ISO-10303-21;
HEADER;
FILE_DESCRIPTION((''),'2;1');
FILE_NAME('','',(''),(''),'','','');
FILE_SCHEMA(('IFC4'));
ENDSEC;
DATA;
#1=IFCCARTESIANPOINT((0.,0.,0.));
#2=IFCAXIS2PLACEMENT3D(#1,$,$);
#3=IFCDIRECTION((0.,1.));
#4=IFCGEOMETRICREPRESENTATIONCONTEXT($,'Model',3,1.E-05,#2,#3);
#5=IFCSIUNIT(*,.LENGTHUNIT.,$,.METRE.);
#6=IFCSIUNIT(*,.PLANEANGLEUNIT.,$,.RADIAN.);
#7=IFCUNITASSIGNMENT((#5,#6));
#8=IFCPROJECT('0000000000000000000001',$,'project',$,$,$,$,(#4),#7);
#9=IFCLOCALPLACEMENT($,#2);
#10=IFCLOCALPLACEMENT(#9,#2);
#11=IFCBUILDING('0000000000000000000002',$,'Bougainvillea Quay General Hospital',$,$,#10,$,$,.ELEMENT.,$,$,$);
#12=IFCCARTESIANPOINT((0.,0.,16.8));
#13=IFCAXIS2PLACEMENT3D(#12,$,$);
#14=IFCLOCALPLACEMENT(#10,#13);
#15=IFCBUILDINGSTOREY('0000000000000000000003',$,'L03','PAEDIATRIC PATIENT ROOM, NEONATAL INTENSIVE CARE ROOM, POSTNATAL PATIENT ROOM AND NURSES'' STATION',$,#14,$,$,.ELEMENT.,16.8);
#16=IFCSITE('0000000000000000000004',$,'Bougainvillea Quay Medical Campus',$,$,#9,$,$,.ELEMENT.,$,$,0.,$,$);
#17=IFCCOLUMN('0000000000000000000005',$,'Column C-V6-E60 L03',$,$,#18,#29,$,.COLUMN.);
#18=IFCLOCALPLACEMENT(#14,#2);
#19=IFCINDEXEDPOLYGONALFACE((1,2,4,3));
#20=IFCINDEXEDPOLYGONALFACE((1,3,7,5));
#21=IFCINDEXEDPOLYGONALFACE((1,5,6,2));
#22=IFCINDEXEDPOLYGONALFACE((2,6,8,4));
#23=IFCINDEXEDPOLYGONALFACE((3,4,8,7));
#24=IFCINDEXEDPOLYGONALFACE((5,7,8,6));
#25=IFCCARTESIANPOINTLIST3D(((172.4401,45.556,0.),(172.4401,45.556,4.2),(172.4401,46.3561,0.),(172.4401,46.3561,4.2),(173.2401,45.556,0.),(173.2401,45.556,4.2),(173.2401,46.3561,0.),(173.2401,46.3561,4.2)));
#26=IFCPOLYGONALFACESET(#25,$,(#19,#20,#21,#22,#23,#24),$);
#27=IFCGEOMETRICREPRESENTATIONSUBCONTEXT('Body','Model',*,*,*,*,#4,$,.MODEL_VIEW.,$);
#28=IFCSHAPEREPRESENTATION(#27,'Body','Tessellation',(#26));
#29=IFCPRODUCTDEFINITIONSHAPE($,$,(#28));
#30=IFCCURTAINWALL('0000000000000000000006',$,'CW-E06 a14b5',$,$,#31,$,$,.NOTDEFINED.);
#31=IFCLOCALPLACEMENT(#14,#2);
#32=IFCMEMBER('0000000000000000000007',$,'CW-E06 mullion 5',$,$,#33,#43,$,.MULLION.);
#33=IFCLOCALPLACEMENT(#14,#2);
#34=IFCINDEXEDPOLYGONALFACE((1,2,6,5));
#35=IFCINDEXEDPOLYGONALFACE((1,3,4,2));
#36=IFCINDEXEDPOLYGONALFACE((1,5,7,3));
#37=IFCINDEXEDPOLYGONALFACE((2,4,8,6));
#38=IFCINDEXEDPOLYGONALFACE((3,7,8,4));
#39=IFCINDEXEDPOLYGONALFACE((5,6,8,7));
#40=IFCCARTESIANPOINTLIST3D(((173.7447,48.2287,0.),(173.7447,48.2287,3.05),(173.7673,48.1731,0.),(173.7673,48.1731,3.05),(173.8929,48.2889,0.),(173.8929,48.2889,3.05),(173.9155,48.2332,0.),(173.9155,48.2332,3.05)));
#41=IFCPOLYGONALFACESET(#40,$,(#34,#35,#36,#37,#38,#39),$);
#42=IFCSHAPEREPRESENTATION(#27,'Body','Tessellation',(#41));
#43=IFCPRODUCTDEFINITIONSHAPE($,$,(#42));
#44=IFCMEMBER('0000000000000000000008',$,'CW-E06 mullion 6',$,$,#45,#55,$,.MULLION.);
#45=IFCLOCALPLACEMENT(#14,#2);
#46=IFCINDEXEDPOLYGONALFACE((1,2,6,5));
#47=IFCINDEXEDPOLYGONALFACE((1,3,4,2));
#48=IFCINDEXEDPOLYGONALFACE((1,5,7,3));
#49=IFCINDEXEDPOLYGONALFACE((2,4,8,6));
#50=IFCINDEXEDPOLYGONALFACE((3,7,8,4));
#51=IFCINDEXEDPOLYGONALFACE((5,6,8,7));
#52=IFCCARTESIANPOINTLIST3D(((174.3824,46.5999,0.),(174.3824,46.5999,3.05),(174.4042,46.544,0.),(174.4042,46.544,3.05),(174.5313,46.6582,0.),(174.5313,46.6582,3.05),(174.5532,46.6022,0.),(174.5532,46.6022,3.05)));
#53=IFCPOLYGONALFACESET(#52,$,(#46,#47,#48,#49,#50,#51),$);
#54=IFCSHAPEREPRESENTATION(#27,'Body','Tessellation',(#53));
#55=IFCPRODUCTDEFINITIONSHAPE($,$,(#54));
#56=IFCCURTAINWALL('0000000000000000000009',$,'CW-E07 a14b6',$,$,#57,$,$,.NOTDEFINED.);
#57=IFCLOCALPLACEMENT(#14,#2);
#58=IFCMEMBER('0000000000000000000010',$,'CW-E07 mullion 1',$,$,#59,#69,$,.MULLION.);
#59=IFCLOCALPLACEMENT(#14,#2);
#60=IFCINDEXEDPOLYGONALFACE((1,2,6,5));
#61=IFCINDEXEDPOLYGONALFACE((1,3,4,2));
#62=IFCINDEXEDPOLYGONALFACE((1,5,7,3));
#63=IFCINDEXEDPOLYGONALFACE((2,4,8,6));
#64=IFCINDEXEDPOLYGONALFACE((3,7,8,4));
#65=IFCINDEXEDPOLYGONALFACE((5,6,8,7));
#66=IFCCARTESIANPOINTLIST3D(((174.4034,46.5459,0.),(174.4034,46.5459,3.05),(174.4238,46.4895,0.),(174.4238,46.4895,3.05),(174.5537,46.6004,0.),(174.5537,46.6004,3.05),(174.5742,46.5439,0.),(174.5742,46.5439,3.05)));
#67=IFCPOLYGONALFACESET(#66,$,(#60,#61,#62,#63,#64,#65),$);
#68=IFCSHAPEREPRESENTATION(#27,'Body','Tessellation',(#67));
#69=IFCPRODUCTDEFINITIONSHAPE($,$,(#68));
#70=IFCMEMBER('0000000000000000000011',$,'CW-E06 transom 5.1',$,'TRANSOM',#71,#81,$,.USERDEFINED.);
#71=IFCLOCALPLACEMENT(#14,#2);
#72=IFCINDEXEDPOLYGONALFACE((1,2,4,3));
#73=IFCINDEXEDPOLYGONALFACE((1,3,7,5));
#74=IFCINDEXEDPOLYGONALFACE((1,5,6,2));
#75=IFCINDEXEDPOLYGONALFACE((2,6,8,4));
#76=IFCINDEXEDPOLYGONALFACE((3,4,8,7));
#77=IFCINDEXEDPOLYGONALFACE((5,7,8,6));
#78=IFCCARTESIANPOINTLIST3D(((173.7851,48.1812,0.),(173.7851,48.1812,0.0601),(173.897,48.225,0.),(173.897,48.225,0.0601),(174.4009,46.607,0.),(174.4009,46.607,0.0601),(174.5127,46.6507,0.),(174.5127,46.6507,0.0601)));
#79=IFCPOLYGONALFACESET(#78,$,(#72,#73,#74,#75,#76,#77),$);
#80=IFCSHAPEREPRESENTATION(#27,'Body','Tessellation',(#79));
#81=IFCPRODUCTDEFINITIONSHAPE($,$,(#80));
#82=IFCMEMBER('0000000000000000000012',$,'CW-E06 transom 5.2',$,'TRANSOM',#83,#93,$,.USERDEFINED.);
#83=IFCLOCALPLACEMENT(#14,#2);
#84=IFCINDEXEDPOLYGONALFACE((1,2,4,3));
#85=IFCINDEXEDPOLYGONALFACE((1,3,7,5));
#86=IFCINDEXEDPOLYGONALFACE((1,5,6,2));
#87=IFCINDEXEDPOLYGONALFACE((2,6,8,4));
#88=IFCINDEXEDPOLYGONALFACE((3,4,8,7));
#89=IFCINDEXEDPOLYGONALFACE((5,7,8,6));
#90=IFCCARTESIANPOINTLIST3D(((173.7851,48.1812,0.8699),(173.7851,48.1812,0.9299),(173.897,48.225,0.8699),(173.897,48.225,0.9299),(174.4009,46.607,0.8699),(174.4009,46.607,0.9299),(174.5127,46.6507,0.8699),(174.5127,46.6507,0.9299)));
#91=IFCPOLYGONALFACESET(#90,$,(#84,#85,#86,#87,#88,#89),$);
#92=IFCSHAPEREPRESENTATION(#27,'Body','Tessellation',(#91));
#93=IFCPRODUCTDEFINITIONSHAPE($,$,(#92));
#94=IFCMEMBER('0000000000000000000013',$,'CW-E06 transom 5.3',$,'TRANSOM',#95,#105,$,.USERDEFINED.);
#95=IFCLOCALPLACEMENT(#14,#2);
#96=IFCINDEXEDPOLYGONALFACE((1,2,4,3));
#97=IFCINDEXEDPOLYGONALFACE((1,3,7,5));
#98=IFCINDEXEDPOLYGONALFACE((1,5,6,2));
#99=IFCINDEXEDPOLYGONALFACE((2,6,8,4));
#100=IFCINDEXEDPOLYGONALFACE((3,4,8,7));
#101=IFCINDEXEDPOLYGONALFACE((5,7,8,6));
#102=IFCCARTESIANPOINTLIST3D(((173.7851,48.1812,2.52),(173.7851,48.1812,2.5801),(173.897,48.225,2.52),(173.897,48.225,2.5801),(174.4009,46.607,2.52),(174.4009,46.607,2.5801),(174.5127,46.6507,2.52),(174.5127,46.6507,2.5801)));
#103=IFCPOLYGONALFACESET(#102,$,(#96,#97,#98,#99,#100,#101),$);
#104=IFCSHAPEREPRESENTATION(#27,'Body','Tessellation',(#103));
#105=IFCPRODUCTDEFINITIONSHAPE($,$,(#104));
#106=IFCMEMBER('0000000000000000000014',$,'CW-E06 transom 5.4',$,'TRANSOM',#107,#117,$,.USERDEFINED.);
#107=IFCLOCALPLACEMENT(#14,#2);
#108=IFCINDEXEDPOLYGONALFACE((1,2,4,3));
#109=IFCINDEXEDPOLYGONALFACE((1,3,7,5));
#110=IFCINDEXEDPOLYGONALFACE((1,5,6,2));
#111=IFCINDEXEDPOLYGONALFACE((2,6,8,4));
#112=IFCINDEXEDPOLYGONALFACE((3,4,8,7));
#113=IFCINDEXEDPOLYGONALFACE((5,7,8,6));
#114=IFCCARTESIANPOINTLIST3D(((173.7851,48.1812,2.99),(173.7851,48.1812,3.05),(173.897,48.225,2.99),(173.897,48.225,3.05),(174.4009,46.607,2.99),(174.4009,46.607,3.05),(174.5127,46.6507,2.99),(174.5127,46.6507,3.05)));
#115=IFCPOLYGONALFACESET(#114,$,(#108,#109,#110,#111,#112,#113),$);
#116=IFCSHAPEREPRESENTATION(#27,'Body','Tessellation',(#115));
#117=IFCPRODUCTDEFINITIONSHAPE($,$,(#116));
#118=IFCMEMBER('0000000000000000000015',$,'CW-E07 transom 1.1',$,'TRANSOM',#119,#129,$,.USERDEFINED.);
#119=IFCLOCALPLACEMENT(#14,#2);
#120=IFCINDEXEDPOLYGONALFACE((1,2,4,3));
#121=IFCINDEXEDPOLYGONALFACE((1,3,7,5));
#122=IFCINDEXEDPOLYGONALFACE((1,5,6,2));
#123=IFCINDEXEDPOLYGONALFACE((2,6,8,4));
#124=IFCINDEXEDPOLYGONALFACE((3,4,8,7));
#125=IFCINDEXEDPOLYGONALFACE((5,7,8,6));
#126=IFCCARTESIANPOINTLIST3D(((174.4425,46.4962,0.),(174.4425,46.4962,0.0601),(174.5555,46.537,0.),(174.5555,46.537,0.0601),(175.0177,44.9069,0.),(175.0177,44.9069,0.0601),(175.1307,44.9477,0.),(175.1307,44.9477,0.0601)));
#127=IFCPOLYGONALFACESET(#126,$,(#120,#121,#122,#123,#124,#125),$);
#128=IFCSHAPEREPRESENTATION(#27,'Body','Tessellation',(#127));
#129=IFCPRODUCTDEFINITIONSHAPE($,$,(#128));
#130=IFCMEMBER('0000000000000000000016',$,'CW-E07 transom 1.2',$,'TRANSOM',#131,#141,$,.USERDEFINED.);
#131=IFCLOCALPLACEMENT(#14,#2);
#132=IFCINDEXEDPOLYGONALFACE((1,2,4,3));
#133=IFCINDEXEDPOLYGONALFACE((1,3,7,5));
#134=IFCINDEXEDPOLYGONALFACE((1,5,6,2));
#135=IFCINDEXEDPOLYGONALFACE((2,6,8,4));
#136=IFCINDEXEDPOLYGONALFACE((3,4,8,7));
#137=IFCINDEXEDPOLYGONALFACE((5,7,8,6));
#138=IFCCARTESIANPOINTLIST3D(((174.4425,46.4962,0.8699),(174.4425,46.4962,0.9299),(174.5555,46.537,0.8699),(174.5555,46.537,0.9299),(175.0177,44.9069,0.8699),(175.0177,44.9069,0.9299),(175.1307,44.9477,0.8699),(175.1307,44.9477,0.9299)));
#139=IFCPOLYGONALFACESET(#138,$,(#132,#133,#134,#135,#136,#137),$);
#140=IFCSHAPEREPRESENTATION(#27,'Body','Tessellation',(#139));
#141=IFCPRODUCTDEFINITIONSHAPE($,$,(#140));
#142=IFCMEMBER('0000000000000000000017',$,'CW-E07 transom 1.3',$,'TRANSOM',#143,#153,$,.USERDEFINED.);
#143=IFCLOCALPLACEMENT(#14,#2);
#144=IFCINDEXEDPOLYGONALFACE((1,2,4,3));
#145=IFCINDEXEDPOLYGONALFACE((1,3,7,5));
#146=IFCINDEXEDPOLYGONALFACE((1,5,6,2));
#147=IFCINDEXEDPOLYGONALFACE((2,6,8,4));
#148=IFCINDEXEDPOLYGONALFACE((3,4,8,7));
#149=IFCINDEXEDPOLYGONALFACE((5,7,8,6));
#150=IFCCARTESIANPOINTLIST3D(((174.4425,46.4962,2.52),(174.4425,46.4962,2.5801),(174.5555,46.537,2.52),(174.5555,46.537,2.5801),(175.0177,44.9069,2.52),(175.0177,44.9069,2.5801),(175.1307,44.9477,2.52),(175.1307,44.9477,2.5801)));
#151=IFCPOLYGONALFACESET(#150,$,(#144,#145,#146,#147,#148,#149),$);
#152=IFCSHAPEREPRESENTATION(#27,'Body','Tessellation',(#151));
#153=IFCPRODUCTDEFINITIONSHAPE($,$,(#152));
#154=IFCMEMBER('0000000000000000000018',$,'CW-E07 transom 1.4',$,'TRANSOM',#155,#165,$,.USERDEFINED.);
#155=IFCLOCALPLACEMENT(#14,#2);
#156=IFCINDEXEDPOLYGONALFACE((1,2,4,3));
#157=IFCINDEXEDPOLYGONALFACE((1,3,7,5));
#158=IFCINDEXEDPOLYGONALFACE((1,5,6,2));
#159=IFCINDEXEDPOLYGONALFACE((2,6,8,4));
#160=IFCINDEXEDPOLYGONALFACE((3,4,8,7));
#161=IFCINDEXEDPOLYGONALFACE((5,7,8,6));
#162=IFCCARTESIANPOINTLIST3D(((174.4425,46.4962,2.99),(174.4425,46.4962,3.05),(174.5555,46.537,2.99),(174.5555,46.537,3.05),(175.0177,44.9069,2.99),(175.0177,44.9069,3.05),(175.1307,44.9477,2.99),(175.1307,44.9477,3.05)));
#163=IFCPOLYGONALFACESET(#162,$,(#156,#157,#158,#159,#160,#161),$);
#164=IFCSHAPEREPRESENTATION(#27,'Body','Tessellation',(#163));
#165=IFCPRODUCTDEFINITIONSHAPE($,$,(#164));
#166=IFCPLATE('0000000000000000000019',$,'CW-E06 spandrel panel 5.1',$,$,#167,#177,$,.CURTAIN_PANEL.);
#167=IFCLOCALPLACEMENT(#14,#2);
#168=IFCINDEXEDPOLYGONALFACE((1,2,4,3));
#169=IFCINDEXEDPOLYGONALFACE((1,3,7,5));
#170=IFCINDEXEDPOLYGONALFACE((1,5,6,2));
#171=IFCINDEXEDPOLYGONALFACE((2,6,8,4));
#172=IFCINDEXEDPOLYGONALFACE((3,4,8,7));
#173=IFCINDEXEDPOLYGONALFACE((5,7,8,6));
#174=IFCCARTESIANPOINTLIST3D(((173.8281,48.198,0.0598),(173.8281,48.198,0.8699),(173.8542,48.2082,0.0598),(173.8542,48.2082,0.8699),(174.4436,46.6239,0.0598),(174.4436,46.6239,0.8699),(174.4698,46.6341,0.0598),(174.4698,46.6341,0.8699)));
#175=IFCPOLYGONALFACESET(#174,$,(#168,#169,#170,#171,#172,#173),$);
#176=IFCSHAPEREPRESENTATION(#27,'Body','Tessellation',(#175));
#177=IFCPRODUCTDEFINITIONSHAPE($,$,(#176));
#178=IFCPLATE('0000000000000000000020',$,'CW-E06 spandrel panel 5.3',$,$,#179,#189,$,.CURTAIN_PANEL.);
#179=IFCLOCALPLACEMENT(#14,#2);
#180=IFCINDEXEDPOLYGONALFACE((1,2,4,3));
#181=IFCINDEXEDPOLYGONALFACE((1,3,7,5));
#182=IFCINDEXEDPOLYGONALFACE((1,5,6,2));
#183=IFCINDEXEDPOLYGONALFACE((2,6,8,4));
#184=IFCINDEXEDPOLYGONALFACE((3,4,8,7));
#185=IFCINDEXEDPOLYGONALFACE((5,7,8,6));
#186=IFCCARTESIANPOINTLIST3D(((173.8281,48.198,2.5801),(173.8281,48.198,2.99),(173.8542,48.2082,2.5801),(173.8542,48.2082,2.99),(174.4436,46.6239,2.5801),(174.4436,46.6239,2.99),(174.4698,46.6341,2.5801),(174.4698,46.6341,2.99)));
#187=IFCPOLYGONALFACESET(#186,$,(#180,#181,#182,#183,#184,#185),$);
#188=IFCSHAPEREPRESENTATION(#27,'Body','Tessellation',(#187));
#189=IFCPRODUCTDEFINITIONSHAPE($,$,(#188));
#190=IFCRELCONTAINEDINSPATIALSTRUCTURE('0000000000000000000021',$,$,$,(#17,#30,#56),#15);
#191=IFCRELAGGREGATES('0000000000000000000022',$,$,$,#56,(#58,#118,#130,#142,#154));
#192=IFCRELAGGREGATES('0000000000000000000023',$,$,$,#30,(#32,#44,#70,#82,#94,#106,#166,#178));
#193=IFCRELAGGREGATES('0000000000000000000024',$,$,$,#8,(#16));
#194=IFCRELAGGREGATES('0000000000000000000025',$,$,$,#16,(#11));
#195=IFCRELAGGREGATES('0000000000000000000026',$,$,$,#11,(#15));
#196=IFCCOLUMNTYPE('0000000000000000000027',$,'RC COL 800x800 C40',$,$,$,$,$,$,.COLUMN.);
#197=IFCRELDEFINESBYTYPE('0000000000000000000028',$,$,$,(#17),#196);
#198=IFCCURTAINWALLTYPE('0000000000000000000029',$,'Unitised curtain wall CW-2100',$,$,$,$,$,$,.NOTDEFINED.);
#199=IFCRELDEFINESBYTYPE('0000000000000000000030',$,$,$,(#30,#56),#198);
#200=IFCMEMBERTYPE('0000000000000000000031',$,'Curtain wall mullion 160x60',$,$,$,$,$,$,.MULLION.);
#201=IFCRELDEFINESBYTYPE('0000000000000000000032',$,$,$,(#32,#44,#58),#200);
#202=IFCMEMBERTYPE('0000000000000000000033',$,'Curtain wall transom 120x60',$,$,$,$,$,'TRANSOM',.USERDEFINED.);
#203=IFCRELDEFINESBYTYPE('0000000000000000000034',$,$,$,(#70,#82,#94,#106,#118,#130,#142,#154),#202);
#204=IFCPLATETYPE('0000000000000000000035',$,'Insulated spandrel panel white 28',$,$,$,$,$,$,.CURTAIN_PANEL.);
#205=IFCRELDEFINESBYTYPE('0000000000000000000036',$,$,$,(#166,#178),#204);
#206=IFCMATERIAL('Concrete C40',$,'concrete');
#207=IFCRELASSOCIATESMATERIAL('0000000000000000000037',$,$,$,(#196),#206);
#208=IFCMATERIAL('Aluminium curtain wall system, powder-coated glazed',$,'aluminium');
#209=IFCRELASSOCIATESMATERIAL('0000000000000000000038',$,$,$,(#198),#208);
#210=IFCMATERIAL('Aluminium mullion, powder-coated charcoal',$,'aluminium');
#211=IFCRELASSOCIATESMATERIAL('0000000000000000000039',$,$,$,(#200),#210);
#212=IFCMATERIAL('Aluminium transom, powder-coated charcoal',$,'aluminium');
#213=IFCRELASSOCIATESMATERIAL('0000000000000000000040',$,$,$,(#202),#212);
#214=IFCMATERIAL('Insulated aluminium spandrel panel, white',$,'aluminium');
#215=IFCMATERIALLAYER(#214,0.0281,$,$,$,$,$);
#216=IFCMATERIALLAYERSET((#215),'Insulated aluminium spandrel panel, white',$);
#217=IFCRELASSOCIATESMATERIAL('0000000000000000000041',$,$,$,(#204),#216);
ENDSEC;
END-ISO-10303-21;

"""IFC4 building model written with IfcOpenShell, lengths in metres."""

from ifc_helpers import new_model, si_unit, direction, frame, origin, origin_2d, place, context, subcontext, project, spatial, rectangle, extrude, material, layer, layer_set, material_profile, profile_set, type_object, element, aggregate, save


model = new_model("IFC4")

# Units and contexts
model_context = context("Model", 3, precision=1e-05, world=origin(), true_north=direction((0.0, 1.0)))
body_context = subcontext(model_context, "Body", "Model", "MODEL_VIEW")
ifc_project = project(units=[si_unit("LENGTHUNIT", "METRE"), si_unit("PLANEANGLEUNIT", "RADIAN")], contexts=[model_context])

# Site, building, storey
site_placement = place(None, origin())
site = spatial("IfcSite", under=ifc_project, at=site_placement, Name="Bougainvillea Quay Medical Campus", CompositionType="ELEMENT", RefElevation=0.0)
building_placement = place(site_placement, origin())
building = spatial("IfcBuilding", under=site, at=building_placement, Name="Bougainvillea Quay General Hospital", CompositionType="ELEMENT")
storey_placement = place(building_placement, frame((0.0, 0.0, 16.8)))
storey = spatial("IfcBuildingStorey", under=building, at=storey_placement, Name="L03", Description="PAEDIATRIC PATIENT ROOM, NEONATAL INTENSIVE CARE ROOM, POSTNATAL PATIENT ROOM AND NURSES' STATION", CompositionType="ELEMENT", Elevation=16.8)

# Column
ifc_material_1 = material(Name="Concrete C40", Category="concrete")
ifc_material_profile_1 = material_profile(ifc_material_1, rectangle(XDim=0.8, YDim=0.8, at=origin_2d()))
ifc_profile_set_1 = profile_set([ifc_material_profile_1], Name="Concrete C40")
column_type = type_object("IfcColumnType", Name="RC COL 800x800 C40", PredefinedType="COLUMN", material=ifc_profile_set_1)
column_placement = place(storey_placement, frame((172.8401, 45.9561, 0.0), z_axis=(0.0, 0.0, 1.0), x_axis=(1.0, 0.0, 0.0)))
element("IfcColumn", 1, at=column_placement, inside=storey, type_object=column_type, Name="Column C-V6-E60 L03", PredefinedType="COLUMN", context=body_context, shape_type="SweptSolid", body=[
    extrude(rectangle(XDim=0.8, YDim=0.8, at=origin_2d()), origin(), (0.0, 0.0, 1.0), 4.2),
])

# Curtain wall, members
ifc_material_2 = material(Name="Aluminium curtain wall system, powder-coated glazed", Category="aluminium")
curtain_wall_type = type_object("IfcCurtainWallType", Name="Unitised curtain wall CW-2100", PredefinedType="NOTDEFINED", material=ifc_material_2)
curtain_wall_1_placement = place(storey_placement, origin())
curtain_wall_1 = element("IfcCurtainWall", 2, at=curtain_wall_1_placement, inside=storey, type_object=curtain_wall_type, Name="CW-E06 a14b5", PredefinedType="NOTDEFINED")
ifc_material_3 = material(Name="Aluminium mullion, powder-coated charcoal", Category="aluminium")
ifc_material_profile_2 = material_profile(ifc_material_3, rectangle(XDim=0.1599, YDim=0.0601, at=origin_2d()))
ifc_profile_set_2 = profile_set([ifc_material_profile_2], Name="Aluminium mullion, powder-coated charcoal")
member_type_1 = type_object("IfcMemberType", Name="Curtain wall mullion 160x60", PredefinedType="MULLION", material=ifc_profile_set_2)
member_1_placement = place(storey_placement, frame((173.8301, 48.231, 0.0), z_axis=(0.0, 0.0, 1.0), x_axis=(0.926592, 0.376069, 0.0)))
member_1 = element("IfcMember", 3, at=member_1_placement, type_object=member_type_1, Name="CW-E06 mullion 5", PredefinedType="MULLION", context=body_context, shape_type="SweptSolid", body=[
    extrude(rectangle(XDim=0.1599, YDim=0.0601, at=origin_2d()), origin(), (0.0, 0.0, 1.0), 3.05),
])
member_2_placement = place(storey_placement, frame((174.4678, 46.6011, 0.0), z_axis=(0.0, 0.0, 1.0), x_axis=(0.931315, 0.364214, 0.0)))
member_2 = element("IfcMember", 4, at=member_2_placement, type_object=member_type_1, Name="CW-E06 mullion 6", PredefinedType="MULLION", context=body_context, shape_type="SweptSolid", body=[
    extrude(rectangle(XDim=0.1599, YDim=0.0601, at=origin_2d()), origin(), (0.0, 0.0, 1.0), 3.05),
])

# Curtain wall, member
curtain_wall_2_placement = place(storey_placement, origin())
curtain_wall_2 = element("IfcCurtainWall", 5, at=curtain_wall_2_placement, inside=storey, type_object=curtain_wall_type, Name="CW-E07 a14b6", PredefinedType="NOTDEFINED")
member_3_placement = place(storey_placement, frame((174.4888, 46.5449, 0.0), z_axis=(0.0, 0.0, 1.0), x_axis=(0.940307, 0.340327, 0.0)))
member_3 = element("IfcMember", 6, at=member_3_placement, type_object=member_type_1, Name="CW-E07 mullion 1", PredefinedType="MULLION", context=body_context, shape_type="SweptSolid", body=[
    extrude(rectangle(XDim=0.1599, YDim=0.0601, at=origin_2d()), origin(), (0.0, 0.0, 1.0), 3.05),
])

# Members
ifc_material_4 = material(Name="Aluminium transom, powder-coated charcoal", Category="aluminium")
ifc_material_profile_3 = material_profile(ifc_material_4, rectangle(XDim=0.1201, YDim=0.0601, at=origin_2d()))
ifc_profile_set_3 = profile_set([ifc_material_profile_3], Name="Aluminium transom, powder-coated charcoal")
member_type_2 = type_object("IfcMemberType", Name="Curtain wall transom 120x60", ElementType="TRANSOM", PredefinedType="USERDEFINED", material=ifc_profile_set_3)
member_4_placement = place(storey_placement, frame((173.8411, 48.2031, 0.03), z_axis=(0.364258, -0.931298, 0.0), x_axis=(0.931298, 0.364258, 0.0)))
member_4 = element("IfcMember", 7, at=member_4_placement, type_object=member_type_2, Name="CW-E06 transom 5.1", ObjectType="TRANSOM", PredefinedType="USERDEFINED", context=body_context, shape_type="SweptSolid", body=[
    extrude(rectangle(XDim=0.1201, YDim=0.0601, at=origin_2d()), origin(), (0.0, 0.0, 1.0), 1.6904),
])
member_5_placement = place(storey_placement, frame((173.8411, 48.2031, 0.8999), z_axis=(0.364258, -0.931298, 0.0), x_axis=(0.931298, 0.364258, 0.0)))
member_5 = element("IfcMember", 8, at=member_5_placement, type_object=member_type_2, Name="CW-E06 transom 5.2", ObjectType="TRANSOM", PredefinedType="USERDEFINED", context=body_context, shape_type="SweptSolid", body=[
    extrude(rectangle(XDim=0.1201, YDim=0.0601, at=origin_2d()), origin(), (0.0, 0.0, 1.0), 1.6904),
])
member_6_placement = place(storey_placement, frame((173.8411, 48.2031, 2.55), z_axis=(0.364258, -0.931298, 0.0), x_axis=(0.931298, 0.364258, 0.0)))
member_6 = element("IfcMember", 9, at=member_6_placement, type_object=member_type_2, Name="CW-E06 transom 5.3", ObjectType="TRANSOM", PredefinedType="USERDEFINED", context=body_context, shape_type="SweptSolid", body=[
    extrude(rectangle(XDim=0.1201, YDim=0.0601, at=origin_2d()), origin(), (0.0, 0.0, 1.0), 1.6904),
])
member_7_placement = place(storey_placement, frame((173.8411, 48.2031, 3.02), z_axis=(0.364258, -0.931298, 0.0), x_axis=(0.931298, 0.364258, 0.0)))
member_7 = element("IfcMember", 10, at=member_7_placement, type_object=member_type_2, Name="CW-E06 transom 5.4", ObjectType="TRANSOM", PredefinedType="USERDEFINED", context=body_context, shape_type="SweptSolid", body=[
    extrude(rectangle(XDim=0.1201, YDim=0.0601, at=origin_2d()), origin(), (0.0, 0.0, 1.0), 1.6904),
])
member_8_placement = place(storey_placement, frame((174.499, 46.5166, 0.03), z_axis=(0.340305, -0.940315, 0.0), x_axis=(0.940315, 0.340305, 0.0)))
member_8 = element("IfcMember", 11, at=member_8_placement, type_object=member_type_2, Name="CW-E07 transom 1.1", ObjectType="TRANSOM", PredefinedType="USERDEFINED", context=body_context, shape_type="SweptSolid", body=[
    extrude(rectangle(XDim=0.1201, YDim=0.0601, at=origin_2d()), origin(), (0.0, 0.0, 1.0), 1.6902),
])
member_9_placement = place(storey_placement, frame((174.499, 46.5166, 0.8999), z_axis=(0.340305, -0.940315, 0.0), x_axis=(0.940315, 0.340305, 0.0)))
member_9 = element("IfcMember", 12, at=member_9_placement, type_object=member_type_2, Name="CW-E07 transom 1.2", ObjectType="TRANSOM", PredefinedType="USERDEFINED", context=body_context, shape_type="SweptSolid", body=[
    extrude(rectangle(XDim=0.1201, YDim=0.0601, at=origin_2d()), origin(), (0.0, 0.0, 1.0), 1.6902),
])
member_10_placement = place(storey_placement, frame((174.499, 46.5166, 2.55), z_axis=(0.340305, -0.940315, 0.0), x_axis=(0.940315, 0.340305, 0.0)))
member_10 = element("IfcMember", 13, at=member_10_placement, type_object=member_type_2, Name="CW-E07 transom 1.3", ObjectType="TRANSOM", PredefinedType="USERDEFINED", context=body_context, shape_type="SweptSolid", body=[
    extrude(rectangle(XDim=0.1201, YDim=0.0601, at=origin_2d()), origin(), (0.0, 0.0, 1.0), 1.6902),
])
member_11_placement = place(storey_placement, frame((174.499, 46.5166, 3.02), z_axis=(0.340305, -0.940315, 0.0), x_axis=(0.940315, 0.340305, 0.0)))
member_11 = element("IfcMember", 14, at=member_11_placement, type_object=member_type_2, Name="CW-E07 transom 1.4", ObjectType="TRANSOM", PredefinedType="USERDEFINED", context=body_context, shape_type="SweptSolid", body=[
    extrude(rectangle(XDim=0.1201, YDim=0.0601, at=origin_2d()), origin(), (0.0, 0.0, 1.0), 1.6902),
])

# Plates
ifc_material_5 = material(Name="Insulated aluminium spandrel panel, white", Category="aluminium")
ifc_layer_1 = layer(ifc_material_5, 0.0281)
ifc_layer_set_1 = layer_set([ifc_layer_1], Name="Insulated aluminium spandrel panel, white")
plate_type_1 = type_object("IfcPlateType", Name="Insulated spandrel panel white 28", PredefinedType="CURTAIN_PANEL", material=ifc_layer_set_1)
plate_1_placement = place(storey_placement, frame((174.1489, 47.416, 0.0598), z_axis=(0.0, 0.0, 1.0), x_axis=(0.364214, -0.931315, 0.0)))
plate_1 = element("IfcPlate", 15, at=plate_1_placement, type_object=plate_type_1, Name="CW-E06 spandrel panel 5.1", PredefinedType="CURTAIN_PANEL", context=body_context, shape_type="SweptSolid", body=[
    extrude(rectangle(XDim=1.6902, YDim=0.0281, at=origin_2d()), origin(), (0.0, 0.0, 1.0), 0.8101),
])
plate_2_placement = place(storey_placement, frame((174.1489, 47.416, 2.5801), z_axis=(0.0, 0.0, 1.0), x_axis=(0.364214, -0.931315, 0.0)))
plate_2 = element("IfcPlate", 16, at=plate_2_placement, type_object=plate_type_1, Name="CW-E06 spandrel panel 5.3", PredefinedType="CURTAIN_PANEL", context=body_context, shape_type="SweptSolid", body=[
    extrude(rectangle(XDim=1.6902, YDim=0.0281, at=origin_2d()), origin(), (0.0, 0.0, 1.0), 0.4099),
])
aggregate(curtain_wall_2, [member_3, member_8, member_9, member_10, member_11])
aggregate(curtain_wall_1, [member_1, member_2, member_4, member_5, member_6, member_7, plate_1, plate_2])

save(model, "model.ifc")
